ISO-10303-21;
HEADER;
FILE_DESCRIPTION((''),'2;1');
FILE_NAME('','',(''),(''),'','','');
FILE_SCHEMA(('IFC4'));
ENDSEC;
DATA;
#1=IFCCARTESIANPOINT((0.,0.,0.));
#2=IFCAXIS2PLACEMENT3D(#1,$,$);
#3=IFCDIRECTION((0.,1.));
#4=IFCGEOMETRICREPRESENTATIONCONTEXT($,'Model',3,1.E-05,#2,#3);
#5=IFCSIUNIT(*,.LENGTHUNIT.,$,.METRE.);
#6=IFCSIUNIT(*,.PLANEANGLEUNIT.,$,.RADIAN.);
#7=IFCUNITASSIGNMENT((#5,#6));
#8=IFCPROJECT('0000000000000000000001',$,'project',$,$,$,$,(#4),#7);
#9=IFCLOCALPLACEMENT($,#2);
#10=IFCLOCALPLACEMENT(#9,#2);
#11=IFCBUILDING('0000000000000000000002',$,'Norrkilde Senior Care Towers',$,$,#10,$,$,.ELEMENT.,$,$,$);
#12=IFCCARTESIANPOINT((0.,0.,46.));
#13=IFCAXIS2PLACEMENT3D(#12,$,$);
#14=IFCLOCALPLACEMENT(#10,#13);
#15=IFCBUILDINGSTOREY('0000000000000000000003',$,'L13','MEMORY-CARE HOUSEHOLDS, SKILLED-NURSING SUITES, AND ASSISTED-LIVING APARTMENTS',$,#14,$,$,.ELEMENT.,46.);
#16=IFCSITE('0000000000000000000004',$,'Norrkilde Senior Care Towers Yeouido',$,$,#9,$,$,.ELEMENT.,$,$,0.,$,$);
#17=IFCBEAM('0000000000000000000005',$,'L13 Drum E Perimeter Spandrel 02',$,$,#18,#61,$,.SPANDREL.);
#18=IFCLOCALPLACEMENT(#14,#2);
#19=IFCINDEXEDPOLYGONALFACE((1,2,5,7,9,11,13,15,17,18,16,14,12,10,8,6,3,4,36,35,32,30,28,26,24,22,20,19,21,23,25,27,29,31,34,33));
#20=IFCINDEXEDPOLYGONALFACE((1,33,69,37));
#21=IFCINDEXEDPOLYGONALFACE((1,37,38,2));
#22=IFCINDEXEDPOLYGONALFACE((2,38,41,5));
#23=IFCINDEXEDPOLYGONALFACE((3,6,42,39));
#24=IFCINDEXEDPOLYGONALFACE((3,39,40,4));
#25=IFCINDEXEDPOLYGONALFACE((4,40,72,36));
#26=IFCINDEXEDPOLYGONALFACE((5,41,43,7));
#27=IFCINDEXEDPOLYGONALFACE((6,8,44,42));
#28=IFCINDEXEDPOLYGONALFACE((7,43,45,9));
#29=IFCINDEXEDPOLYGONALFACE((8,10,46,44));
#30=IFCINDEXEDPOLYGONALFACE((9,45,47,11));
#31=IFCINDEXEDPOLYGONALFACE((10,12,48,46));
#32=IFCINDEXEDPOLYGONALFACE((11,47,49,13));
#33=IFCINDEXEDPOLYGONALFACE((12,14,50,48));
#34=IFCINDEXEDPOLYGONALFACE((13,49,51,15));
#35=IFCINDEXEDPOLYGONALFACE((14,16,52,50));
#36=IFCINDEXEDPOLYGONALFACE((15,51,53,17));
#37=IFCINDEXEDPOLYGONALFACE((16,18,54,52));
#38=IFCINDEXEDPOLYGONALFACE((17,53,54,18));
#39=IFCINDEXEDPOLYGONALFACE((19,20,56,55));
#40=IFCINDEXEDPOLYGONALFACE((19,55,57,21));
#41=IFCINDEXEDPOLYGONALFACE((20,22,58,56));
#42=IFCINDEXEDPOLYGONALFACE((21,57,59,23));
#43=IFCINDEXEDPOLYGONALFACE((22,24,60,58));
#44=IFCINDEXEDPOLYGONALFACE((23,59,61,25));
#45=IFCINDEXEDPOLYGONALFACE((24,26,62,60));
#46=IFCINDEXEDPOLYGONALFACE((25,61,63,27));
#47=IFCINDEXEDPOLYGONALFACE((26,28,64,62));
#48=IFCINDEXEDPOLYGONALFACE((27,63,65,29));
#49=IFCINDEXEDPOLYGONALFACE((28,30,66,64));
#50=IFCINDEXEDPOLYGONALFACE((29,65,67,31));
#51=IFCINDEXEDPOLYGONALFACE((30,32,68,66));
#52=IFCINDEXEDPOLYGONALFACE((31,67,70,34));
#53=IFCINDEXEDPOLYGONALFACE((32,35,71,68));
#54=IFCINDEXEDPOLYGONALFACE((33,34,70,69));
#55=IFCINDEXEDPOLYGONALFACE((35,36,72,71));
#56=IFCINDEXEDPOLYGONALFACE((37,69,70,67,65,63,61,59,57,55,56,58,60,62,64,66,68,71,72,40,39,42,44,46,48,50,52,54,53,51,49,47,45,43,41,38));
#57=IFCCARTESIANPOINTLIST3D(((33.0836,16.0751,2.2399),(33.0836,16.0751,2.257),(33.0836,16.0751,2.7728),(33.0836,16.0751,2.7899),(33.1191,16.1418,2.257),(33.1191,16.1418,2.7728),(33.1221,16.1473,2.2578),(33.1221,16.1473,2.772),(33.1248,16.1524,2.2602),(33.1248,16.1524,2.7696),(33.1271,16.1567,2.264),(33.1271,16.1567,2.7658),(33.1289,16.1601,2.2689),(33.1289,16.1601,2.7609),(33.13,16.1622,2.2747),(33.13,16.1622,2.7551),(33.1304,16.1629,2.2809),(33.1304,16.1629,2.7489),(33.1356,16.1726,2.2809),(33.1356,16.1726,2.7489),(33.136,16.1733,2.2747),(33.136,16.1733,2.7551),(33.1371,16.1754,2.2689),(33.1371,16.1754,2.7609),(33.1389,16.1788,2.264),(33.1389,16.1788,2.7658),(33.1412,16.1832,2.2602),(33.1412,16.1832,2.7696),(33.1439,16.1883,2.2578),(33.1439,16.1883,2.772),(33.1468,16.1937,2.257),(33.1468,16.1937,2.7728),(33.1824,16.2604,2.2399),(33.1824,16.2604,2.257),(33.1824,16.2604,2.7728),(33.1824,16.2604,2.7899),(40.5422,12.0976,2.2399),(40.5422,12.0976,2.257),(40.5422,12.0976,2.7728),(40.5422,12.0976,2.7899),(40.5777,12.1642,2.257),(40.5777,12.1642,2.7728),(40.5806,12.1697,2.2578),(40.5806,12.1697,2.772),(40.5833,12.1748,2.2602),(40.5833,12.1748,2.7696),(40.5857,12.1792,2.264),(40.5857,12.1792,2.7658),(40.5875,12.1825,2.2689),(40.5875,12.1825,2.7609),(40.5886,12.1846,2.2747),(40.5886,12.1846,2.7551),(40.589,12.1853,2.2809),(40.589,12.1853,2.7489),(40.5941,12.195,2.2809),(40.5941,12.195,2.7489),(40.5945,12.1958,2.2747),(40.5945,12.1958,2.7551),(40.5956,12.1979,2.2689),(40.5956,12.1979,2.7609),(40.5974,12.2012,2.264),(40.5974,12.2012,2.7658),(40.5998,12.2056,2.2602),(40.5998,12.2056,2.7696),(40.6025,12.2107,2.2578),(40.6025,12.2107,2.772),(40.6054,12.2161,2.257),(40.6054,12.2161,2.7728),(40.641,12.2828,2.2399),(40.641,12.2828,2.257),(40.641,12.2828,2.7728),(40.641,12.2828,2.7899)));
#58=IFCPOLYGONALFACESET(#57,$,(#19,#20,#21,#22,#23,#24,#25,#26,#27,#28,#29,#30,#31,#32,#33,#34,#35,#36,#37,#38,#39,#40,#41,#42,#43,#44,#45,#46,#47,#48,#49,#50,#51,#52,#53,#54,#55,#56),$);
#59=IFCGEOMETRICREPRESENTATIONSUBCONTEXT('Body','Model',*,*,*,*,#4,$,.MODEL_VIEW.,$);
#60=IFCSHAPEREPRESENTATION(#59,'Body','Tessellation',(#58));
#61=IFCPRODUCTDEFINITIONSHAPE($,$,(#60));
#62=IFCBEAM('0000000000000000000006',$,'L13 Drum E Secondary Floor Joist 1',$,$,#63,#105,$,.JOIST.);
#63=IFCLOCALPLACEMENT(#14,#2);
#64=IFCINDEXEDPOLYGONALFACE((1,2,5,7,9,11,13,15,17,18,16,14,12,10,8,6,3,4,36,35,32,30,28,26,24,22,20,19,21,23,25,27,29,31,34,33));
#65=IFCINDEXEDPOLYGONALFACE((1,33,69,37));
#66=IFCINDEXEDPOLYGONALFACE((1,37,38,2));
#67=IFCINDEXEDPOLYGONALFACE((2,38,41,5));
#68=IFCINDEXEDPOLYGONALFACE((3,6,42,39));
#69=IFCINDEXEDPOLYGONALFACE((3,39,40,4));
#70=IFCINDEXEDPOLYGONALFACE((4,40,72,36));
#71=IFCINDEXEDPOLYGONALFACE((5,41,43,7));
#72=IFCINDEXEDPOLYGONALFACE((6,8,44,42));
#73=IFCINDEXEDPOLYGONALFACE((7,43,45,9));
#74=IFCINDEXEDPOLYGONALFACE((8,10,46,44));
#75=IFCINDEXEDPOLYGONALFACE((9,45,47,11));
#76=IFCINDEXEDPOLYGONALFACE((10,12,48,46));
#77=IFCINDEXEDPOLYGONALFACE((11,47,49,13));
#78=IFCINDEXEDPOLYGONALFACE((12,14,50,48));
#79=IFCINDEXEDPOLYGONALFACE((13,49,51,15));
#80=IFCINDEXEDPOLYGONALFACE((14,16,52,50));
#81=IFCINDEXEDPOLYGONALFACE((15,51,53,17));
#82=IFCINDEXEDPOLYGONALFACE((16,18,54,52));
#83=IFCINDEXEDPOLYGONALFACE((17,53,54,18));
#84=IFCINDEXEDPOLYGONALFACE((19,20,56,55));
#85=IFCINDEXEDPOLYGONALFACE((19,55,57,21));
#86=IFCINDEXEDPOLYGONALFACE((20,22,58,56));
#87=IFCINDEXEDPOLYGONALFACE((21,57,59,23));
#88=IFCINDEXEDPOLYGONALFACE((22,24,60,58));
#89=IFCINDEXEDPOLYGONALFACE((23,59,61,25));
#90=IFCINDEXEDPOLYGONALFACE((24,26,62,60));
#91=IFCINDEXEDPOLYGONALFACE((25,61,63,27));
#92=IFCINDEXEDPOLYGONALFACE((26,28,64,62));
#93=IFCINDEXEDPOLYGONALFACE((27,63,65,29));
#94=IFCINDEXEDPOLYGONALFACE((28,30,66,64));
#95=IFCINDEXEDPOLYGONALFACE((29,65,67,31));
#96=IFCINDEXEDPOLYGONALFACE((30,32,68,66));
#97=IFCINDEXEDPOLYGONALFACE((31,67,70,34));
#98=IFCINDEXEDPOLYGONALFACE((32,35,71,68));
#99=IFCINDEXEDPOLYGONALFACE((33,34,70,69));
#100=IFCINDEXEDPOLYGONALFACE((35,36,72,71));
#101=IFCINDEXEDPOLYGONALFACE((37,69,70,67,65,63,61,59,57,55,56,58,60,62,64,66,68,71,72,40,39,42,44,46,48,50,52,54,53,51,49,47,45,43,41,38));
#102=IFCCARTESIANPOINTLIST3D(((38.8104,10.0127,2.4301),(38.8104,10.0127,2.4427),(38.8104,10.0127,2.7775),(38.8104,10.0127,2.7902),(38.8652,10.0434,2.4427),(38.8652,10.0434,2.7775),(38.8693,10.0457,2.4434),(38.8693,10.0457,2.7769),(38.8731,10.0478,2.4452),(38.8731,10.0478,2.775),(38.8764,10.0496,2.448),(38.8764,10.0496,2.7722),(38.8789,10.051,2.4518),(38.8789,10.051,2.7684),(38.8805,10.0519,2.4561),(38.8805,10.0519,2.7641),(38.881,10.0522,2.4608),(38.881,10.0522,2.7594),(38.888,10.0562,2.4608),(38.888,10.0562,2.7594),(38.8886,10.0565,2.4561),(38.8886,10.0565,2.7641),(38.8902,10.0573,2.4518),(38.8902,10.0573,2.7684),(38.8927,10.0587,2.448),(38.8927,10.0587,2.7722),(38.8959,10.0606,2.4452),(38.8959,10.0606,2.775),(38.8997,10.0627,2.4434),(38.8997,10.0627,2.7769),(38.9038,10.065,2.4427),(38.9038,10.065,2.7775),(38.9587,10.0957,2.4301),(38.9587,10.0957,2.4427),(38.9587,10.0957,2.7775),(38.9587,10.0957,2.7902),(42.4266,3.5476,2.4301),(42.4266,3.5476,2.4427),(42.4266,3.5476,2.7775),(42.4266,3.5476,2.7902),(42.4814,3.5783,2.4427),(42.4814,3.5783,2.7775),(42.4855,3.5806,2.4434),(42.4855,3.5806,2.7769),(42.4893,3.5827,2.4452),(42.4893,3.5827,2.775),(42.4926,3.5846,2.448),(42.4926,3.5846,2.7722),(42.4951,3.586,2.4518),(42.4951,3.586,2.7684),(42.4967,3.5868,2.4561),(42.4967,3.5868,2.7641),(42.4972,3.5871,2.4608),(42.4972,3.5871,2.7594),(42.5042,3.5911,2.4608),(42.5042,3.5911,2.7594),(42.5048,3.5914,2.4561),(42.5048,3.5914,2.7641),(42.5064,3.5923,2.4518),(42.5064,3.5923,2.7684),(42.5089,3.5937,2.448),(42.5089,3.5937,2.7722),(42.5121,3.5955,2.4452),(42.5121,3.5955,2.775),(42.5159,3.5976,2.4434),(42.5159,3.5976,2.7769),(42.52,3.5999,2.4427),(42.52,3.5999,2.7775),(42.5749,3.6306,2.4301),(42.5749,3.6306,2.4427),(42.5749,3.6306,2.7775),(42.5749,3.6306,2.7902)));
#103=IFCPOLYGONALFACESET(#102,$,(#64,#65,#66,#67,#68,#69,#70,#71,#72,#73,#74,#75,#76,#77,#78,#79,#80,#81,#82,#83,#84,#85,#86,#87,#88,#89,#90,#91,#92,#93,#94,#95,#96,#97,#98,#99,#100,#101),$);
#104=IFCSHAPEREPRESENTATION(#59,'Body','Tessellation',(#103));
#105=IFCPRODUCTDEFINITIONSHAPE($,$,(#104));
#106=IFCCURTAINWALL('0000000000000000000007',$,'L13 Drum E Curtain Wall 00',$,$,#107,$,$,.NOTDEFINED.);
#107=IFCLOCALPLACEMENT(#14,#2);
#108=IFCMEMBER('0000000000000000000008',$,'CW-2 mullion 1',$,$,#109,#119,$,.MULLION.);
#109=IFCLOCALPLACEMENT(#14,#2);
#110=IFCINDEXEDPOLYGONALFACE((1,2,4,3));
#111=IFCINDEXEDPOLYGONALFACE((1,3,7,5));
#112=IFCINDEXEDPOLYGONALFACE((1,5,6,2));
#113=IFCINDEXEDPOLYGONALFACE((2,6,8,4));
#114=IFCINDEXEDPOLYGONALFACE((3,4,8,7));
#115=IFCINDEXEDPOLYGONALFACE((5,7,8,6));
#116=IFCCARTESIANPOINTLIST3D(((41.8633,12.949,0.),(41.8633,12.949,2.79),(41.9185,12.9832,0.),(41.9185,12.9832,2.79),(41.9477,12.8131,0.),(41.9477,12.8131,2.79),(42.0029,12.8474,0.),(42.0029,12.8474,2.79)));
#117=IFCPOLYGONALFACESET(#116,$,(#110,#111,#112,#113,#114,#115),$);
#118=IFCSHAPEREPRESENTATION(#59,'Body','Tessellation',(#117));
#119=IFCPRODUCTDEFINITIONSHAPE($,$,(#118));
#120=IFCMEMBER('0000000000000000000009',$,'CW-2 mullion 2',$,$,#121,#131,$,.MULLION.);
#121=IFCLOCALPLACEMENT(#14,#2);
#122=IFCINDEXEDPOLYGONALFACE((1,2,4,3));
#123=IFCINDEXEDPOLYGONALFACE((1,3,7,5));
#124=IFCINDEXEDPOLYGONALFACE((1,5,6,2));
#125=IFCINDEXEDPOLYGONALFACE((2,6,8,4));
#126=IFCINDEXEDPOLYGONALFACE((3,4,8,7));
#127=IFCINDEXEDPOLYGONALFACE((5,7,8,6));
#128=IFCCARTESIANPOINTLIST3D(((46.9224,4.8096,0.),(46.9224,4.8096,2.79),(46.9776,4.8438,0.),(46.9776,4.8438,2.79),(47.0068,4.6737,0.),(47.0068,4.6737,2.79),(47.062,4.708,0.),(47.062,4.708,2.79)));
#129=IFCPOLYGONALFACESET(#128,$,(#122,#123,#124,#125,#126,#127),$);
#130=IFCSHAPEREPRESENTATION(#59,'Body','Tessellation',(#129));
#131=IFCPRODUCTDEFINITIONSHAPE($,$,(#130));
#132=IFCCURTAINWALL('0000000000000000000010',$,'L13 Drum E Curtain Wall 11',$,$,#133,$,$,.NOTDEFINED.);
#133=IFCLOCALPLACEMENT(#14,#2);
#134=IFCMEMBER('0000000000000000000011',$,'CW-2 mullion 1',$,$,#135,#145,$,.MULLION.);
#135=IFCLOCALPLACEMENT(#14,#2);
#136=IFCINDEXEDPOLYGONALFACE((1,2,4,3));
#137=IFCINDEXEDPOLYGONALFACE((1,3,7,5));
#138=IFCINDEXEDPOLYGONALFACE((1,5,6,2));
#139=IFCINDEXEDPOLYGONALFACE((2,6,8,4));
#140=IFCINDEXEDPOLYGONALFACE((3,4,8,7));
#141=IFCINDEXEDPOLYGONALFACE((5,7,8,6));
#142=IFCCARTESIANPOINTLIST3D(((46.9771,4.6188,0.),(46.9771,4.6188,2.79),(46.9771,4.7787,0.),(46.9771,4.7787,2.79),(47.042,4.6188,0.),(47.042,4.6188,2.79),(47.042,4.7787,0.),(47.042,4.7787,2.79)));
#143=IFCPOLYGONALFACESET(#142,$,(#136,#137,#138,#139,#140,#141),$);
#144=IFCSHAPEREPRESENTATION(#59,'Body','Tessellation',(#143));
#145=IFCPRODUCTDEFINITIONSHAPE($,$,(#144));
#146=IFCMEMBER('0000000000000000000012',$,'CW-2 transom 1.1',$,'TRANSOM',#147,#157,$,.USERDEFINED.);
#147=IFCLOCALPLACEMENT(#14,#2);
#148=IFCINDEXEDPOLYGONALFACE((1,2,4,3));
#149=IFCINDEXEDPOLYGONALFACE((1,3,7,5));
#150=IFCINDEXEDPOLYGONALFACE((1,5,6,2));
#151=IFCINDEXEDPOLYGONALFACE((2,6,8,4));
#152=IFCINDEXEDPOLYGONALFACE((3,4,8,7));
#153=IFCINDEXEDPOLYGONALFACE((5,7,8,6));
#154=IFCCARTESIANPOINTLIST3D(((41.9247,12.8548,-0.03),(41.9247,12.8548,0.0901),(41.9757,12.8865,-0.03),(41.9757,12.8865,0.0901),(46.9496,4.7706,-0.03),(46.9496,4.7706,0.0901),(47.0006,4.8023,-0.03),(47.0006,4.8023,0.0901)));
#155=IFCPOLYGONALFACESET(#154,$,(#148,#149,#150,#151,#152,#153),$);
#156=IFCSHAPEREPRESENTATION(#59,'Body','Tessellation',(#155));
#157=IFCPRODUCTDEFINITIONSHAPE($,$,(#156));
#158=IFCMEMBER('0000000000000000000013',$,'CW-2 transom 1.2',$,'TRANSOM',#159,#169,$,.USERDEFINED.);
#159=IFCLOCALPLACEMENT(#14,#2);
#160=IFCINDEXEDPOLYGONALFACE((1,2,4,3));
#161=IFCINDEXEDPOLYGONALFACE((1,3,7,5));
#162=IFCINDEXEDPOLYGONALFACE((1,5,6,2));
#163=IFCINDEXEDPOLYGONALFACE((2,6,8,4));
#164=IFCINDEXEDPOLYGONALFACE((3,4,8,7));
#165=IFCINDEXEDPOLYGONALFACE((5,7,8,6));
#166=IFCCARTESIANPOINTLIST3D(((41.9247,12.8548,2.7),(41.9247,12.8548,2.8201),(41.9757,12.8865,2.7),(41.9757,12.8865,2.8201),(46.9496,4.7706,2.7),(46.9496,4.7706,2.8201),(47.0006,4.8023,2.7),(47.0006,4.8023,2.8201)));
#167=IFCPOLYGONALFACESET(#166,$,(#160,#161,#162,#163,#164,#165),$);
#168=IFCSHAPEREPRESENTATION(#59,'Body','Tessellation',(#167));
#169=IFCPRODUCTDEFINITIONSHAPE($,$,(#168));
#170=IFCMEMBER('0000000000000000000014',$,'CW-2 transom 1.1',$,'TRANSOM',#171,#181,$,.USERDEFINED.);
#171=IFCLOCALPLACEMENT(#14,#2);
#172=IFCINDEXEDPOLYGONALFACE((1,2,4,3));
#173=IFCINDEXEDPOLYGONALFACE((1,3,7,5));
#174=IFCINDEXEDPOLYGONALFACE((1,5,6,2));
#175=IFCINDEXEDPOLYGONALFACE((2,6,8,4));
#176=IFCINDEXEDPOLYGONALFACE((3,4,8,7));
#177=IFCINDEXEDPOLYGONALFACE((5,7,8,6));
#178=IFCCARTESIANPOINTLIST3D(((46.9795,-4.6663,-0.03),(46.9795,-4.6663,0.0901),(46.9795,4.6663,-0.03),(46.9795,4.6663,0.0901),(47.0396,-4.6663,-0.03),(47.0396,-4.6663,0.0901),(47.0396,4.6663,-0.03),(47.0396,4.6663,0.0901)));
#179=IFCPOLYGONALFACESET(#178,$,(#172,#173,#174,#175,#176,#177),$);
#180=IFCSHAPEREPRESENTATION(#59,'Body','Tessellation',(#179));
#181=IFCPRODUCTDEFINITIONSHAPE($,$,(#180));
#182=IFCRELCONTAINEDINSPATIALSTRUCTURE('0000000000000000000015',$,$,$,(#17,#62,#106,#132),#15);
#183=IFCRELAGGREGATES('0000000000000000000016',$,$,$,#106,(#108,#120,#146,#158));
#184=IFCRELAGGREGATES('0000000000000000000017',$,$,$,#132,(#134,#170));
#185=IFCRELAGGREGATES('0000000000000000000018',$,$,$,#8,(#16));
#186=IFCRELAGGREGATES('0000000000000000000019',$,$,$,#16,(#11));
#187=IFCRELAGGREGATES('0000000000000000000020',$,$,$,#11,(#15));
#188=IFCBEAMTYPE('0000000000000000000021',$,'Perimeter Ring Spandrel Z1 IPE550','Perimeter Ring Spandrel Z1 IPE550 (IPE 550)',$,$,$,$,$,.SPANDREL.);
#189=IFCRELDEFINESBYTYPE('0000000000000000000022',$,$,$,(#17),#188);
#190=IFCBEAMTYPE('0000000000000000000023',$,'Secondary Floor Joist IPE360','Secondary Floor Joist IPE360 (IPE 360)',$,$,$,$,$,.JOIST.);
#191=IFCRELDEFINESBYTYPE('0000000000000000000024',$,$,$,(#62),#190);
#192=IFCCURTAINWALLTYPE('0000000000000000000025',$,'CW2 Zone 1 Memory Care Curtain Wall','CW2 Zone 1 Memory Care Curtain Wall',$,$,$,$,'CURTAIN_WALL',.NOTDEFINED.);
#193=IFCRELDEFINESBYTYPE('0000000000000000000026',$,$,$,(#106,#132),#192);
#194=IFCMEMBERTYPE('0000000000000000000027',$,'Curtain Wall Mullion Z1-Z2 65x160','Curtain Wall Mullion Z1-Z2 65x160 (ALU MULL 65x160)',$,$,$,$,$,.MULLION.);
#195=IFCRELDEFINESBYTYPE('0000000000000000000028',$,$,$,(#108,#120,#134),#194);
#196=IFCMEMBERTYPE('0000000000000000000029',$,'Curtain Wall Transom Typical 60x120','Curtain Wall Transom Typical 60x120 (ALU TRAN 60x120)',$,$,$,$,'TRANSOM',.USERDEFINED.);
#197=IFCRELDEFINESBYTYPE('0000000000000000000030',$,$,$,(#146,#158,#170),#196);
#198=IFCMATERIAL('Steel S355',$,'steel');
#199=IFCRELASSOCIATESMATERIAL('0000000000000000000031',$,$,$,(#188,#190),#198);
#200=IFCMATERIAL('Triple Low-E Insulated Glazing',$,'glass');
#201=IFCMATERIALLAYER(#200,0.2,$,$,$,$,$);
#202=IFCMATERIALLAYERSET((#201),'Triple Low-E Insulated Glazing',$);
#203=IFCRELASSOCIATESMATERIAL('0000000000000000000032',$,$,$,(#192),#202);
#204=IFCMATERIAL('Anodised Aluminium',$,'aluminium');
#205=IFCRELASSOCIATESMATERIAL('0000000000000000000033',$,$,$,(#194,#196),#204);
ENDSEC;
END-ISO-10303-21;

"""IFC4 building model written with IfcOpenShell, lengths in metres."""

from ifc_helpers import new_model, si_unit, direction, frame, origin, origin_2d, place, context, subcontext, project, spatial, rectangle, i_section, extrude, source, transform, mapped, material, layer, layer_set, material_profile, profile_set, type_object, type_shapes, element, aggregate, save


model = new_model("IFC4")

# Units and contexts
model_context = context("Model", 3, precision=1e-05, world=origin(), true_north=direction((0.0, 1.0)))
body_context = subcontext(model_context, "Body", "Model", "MODEL_VIEW")
ifc_project = project(units=[si_unit("LENGTHUNIT", "METRE"), si_unit("PLANEANGLEUNIT", "RADIAN")], contexts=[model_context])

# Site, building, storey
site_placement = place(None, origin())
site = spatial("IfcSite", under=ifc_project, at=site_placement, Name="Norrkilde Senior Care Towers Yeouido", CompositionType="ELEMENT", RefElevation=0.0)
building_placement = place(site_placement, origin())
building = spatial("IfcBuilding", under=site, at=building_placement, Name="Norrkilde Senior Care Towers", CompositionType="ELEMENT")
storey_placement = place(building_placement, frame((0.0, 0.0, 46.0)))
storey = spatial("IfcBuildingStorey", under=building, at=storey_placement, Name="L13", Description="MEMORY-CARE HOUSEHOLDS, SKILLED-NURSING SUITES, AND ASSISTED-LIVING APARTMENTS", CompositionType="ELEMENT", Elevation=46.0)

# Beams
ifc_material_1 = material(Name="Steel S355", Category="steel")
ifc_material_profile_1 = material_profile(ifc_material_1, i_section(OverallWidth=0.21, OverallDepth=0.55, WebThickness=0.011, FlangeThickness=0.0171, FilletRadius=0.0239, at=origin_2d()), Name="IPE 550")
ifc_profile_set_1 = profile_set([ifc_material_profile_1], Name="Steel S355")
beam_type_1 = type_object("IfcBeamType", Name="Perimeter Ring Spandrel Z1 IPE550", Description="Perimeter Ring Spandrel Z1 IPE550 (IPE 550)", PredefinedType="SPANDREL", material=ifc_profile_set_1)
shared_shape_1 = source(origin(), body_context, "Body", "SweptSolid", [
    extrude(i_section(OverallWidth=0.21, OverallDepth=0.55, WebThickness=0.011, FlangeThickness=0.0171, FilletRadius=0.0239, at=origin_2d()), origin(), (0.0, 0.0, 1.0), 8.4529),
])
beam_1_placement = place(storey_placement, frame((40.5916, 12.1902, 2.5149), z_axis=(-0.882369, 0.470558, 0.0), x_axis=(-0.470558, -0.882369, 0.0)))
element("IfcBeam", 1, at=beam_1_placement, inside=storey, type_object=beam_type_1, Name="L13 Drum E Perimeter Spandrel 02", PredefinedType="SPANDREL", context=body_context, shape_type="MappedRepresentation", body=[
    mapped(shared_shape_1, transform((0.0, 0.0, 0.0), x_axis=(1.0, 0.0, 0.0), y_axis=(0.0, 1.0, 0.0), z_axis=(0.0, 0.0, 1.0), scale=1.0)),
])
ifc_material_profile_2 = material_profile(ifc_material_1, i_section(OverallWidth=0.1699, OverallDepth=0.3601, WebThickness=0.0081, FlangeThickness=0.0127, FilletRadius=0.0181, at=origin_2d()), Name="IPE 360")
ifc_profile_set_2 = profile_set([ifc_material_profile_2], Name="Steel S355")
beam_type_2 = type_object("IfcBeamType", Name="Secondary Floor Joist IPE360", Description="Secondary Floor Joist IPE360 (IPE 360)", PredefinedType="JOIST", material=ifc_profile_set_2)
shared_shape_2 = source(origin(), body_context, "Body", "SweptSolid", [
    extrude(i_section(OverallWidth=0.1699, OverallDepth=0.3601, WebThickness=0.0081, FlangeThickness=0.0127, FilletRadius=0.0181, at=origin_2d()), origin(), (0.0, 0.0, 1.0), 7.4077),
])
type_shapes(beam_type_2, [shared_shape_2])
beam_2_placement = place(storey_placement, frame((42.5007, 3.5891, 2.6101), z_axis=(-0.488168, 0.87275, 0.0), x_axis=(-0.87275, -0.488168, 0.0)))
element("IfcBeam", 2, at=beam_2_placement, inside=storey, type_object=beam_type_2, Name="L13 Drum E Secondary Floor Joist 1", PredefinedType="JOIST", context=body_context, shape_type="MappedRepresentation", body=[
    mapped(shared_shape_2, transform((0.0, 0.0, 0.0), x_axis=(1.0, 0.0, 0.0), y_axis=(0.0, 1.0, 0.0), z_axis=(0.0, 0.0, 1.0), scale=1.0)),
])

# Curtain wall, members
ifc_material_2 = material(Name="Triple Low-E Insulated Glazing", Category="glass")
ifc_layer_1 = layer(ifc_material_2, 0.2)
ifc_layer_set_1 = layer_set([ifc_layer_1], Name="Triple Low-E Insulated Glazing")
curtain_wall_type = type_object("IfcCurtainWallType", Name="CW2 Zone 1 Memory Care Curtain Wall", Description="CW2 Zone 1 Memory Care Curtain Wall", ElementType="CURTAIN_WALL", PredefinedType="NOTDEFINED", material=ifc_layer_set_1)
curtain_wall_1_placement = place(storey_placement, origin())
curtain_wall_1 = element("IfcCurtainWall", 3, at=curtain_wall_1_placement, inside=storey, type_object=curtain_wall_type, Name="L13 Drum E Curtain Wall 00", PredefinedType="NOTDEFINED")
ifc_material_3 = material(Name="Anodised Aluminium", Category="aluminium")
ifc_material_profile_3 = material_profile(ifc_material_3, rectangle(XDim=0.0649, YDim=0.1599, at=origin_2d()), Name="ALU MULL 65x160")
ifc_profile_set_3 = profile_set([ifc_material_profile_3], Name="Anodised Aluminium")
member_type_1 = type_object("IfcMemberType", Name="Curtain Wall Mullion Z1-Z2 65x160", Description="Curtain Wall Mullion Z1-Z2 65x160 (ALU MULL 65x160)", PredefinedType="MULLION", material=ifc_profile_set_3)
shared_shape_3 = source(origin(), body_context, "Body", "SweptSolid", [
    extrude(rectangle(XDim=0.0649, YDim=0.1599, at=origin_2d()), origin(), (0.0, 0.0, 1.0), 2.79),
])
type_shapes(member_type_1, [shared_shape_3])
member_1_placement = place(storey_placement, frame((41.9331, 12.8982, 0.0), z_axis=(0.0, 0.0, 1.0), x_axis=(0.849306, 0.527901, 0.0)))
member_1 = element("IfcMember", 4, at=member_1_placement, type_object=member_type_1, Name="CW-2 mullion 1", PredefinedType="MULLION", context=body_context, shape_type="MappedRepresentation", body=[
    mapped(shared_shape_3, transform((0.0, 0.0, 0.0), x_axis=(1.0, 0.0, 0.0), y_axis=(0.0, 1.0, 0.0), z_axis=(0.0, 0.0, 1.0), scale=1.0)),
])
member_2_placement = place(storey_placement, frame((46.9922, 4.7588, 0.0), z_axis=(0.0, 0.0, 1.0), x_axis=(0.849306, 0.527901, 0.0)))
member_2 = element("IfcMember", 5, at=member_2_placement, type_object=member_type_1, Name="CW-2 mullion 2", PredefinedType="MULLION", context=body_context, shape_type="MappedRepresentation", body=[
    mapped(shared_shape_3, transform((0.0, 0.0, 0.0), x_axis=(1.0, 0.0, 0.0), y_axis=(0.0, 1.0, 0.0), z_axis=(0.0, 0.0, 1.0), scale=1.0)),
])

# Curtain wall, member
curtain_wall_2_placement = place(storey_placement, origin())
curtain_wall_2 = element("IfcCurtainWall", 6, at=curtain_wall_2_placement, inside=storey, type_object=curtain_wall_type, Name="L13 Drum E Curtain Wall 11", PredefinedType="NOTDEFINED")
member_3_placement = place(storey_placement, frame((47.0095, 4.6987, 0.0), z_axis=(0.0, 0.0, 1.0), x_axis=(1.0, 0.0, 0.0)))
member_3 = element("IfcMember", 7, at=member_3_placement, type_object=member_type_1, Name="CW-2 mullion 1", PredefinedType="MULLION", context=body_context, shape_type="MappedRepresentation", body=[
    mapped(shared_shape_3, transform((0.0, 0.0, 0.0), x_axis=(1.0, 0.0, 0.0), y_axis=(0.0, 1.0, 0.0), z_axis=(0.0, 0.0, 1.0), scale=1.0)),
])

# Members
ifc_material_profile_4 = material_profile(ifc_material_3, rectangle(XDim=0.0601, YDim=0.1201, at=origin_2d()), Name="ALU TRAN 60x120")
ifc_profile_set_4 = profile_set([ifc_material_profile_4], Name="Anodised Aluminium")
member_type_2 = type_object("IfcMemberType", Name="Curtain Wall Transom Typical 60x120", Description="Curtain Wall Transom Typical 60x120 (ALU TRAN 60x120)", ElementType="TRANSOM", PredefinedType="USERDEFINED", material=ifc_profile_set_4)
shared_shape_4 = source(origin(), body_context, "Body", "SweptSolid", [
    extrude(rectangle(XDim=0.0601, YDim=0.1201, at=origin_2d()), origin(), (0.0, 0.0, 1.0), 9.5186),
])
member_4_placement = place(storey_placement, frame((41.9502, 12.8706, 0.03), z_axis=(0.527902, -0.849306, 0.0), x_axis=(0.849306, 0.527902, 0.0)))
member_4 = element("IfcMember", 8, at=member_4_placement, type_object=member_type_2, Name="CW-2 transom 1.1", ObjectType="TRANSOM", PredefinedType="USERDEFINED", context=body_context, shape_type="MappedRepresentation", body=[
    mapped(shared_shape_4, transform((0.0, 0.0, 0.0), x_axis=(1.0, 0.0, 0.0), y_axis=(0.0, 1.0, 0.0), z_axis=(0.0, 0.0, 1.0), scale=1.0)),
])
member_5_placement = place(storey_placement, frame((41.9502, 12.8706, 2.76), z_axis=(0.527902, -0.849306, 0.0), x_axis=(0.849306, 0.527902, 0.0)))
member_5 = element("IfcMember", 9, at=member_5_placement, type_object=member_type_2, Name="CW-2 transom 1.2", ObjectType="TRANSOM", PredefinedType="USERDEFINED", context=body_context, shape_type="MappedRepresentation", body=[
    mapped(shared_shape_4, transform((0.0, 0.0, 0.0), x_axis=(1.0, 0.0, 0.0), y_axis=(0.0, 1.0, 0.0), z_axis=(0.0, 0.0, 1.0), scale=1.0)),
])
shared_shape_5 = source(origin(), body_context, "Body", "SweptSolid", [
    extrude(rectangle(XDim=0.0601, YDim=0.1201, at=origin_2d()), origin(), (0.0, 0.0, 1.0), 9.3325),
])
type_shapes(member_type_2, [shared_shape_4, shared_shape_5])
member_6_placement = place(storey_placement, frame((47.0095, 4.6663, 0.03), z_axis=(0.0, -1.0, 0.0), x_axis=(1.0, 0.0, 0.0)))
member_6 = element("IfcMember", 10, at=member_6_placement, type_object=member_type_2, Name="CW-2 transom 1.1", ObjectType="TRANSOM", PredefinedType="USERDEFINED", context=body_context, shape_type="MappedRepresentation", body=[
    mapped(shared_shape_5, transform((0.0, 0.0, 0.0), x_axis=(1.0, 0.0, 0.0), y_axis=(0.0, 1.0, 0.0), z_axis=(0.0, 0.0, 1.0), scale=1.0)),
])

aggregate(curtain_wall_1, [member_1, member_2, member_4, member_5])
aggregate(curtain_wall_2, [member_3, member_6])

save(model, "model.ifc")
